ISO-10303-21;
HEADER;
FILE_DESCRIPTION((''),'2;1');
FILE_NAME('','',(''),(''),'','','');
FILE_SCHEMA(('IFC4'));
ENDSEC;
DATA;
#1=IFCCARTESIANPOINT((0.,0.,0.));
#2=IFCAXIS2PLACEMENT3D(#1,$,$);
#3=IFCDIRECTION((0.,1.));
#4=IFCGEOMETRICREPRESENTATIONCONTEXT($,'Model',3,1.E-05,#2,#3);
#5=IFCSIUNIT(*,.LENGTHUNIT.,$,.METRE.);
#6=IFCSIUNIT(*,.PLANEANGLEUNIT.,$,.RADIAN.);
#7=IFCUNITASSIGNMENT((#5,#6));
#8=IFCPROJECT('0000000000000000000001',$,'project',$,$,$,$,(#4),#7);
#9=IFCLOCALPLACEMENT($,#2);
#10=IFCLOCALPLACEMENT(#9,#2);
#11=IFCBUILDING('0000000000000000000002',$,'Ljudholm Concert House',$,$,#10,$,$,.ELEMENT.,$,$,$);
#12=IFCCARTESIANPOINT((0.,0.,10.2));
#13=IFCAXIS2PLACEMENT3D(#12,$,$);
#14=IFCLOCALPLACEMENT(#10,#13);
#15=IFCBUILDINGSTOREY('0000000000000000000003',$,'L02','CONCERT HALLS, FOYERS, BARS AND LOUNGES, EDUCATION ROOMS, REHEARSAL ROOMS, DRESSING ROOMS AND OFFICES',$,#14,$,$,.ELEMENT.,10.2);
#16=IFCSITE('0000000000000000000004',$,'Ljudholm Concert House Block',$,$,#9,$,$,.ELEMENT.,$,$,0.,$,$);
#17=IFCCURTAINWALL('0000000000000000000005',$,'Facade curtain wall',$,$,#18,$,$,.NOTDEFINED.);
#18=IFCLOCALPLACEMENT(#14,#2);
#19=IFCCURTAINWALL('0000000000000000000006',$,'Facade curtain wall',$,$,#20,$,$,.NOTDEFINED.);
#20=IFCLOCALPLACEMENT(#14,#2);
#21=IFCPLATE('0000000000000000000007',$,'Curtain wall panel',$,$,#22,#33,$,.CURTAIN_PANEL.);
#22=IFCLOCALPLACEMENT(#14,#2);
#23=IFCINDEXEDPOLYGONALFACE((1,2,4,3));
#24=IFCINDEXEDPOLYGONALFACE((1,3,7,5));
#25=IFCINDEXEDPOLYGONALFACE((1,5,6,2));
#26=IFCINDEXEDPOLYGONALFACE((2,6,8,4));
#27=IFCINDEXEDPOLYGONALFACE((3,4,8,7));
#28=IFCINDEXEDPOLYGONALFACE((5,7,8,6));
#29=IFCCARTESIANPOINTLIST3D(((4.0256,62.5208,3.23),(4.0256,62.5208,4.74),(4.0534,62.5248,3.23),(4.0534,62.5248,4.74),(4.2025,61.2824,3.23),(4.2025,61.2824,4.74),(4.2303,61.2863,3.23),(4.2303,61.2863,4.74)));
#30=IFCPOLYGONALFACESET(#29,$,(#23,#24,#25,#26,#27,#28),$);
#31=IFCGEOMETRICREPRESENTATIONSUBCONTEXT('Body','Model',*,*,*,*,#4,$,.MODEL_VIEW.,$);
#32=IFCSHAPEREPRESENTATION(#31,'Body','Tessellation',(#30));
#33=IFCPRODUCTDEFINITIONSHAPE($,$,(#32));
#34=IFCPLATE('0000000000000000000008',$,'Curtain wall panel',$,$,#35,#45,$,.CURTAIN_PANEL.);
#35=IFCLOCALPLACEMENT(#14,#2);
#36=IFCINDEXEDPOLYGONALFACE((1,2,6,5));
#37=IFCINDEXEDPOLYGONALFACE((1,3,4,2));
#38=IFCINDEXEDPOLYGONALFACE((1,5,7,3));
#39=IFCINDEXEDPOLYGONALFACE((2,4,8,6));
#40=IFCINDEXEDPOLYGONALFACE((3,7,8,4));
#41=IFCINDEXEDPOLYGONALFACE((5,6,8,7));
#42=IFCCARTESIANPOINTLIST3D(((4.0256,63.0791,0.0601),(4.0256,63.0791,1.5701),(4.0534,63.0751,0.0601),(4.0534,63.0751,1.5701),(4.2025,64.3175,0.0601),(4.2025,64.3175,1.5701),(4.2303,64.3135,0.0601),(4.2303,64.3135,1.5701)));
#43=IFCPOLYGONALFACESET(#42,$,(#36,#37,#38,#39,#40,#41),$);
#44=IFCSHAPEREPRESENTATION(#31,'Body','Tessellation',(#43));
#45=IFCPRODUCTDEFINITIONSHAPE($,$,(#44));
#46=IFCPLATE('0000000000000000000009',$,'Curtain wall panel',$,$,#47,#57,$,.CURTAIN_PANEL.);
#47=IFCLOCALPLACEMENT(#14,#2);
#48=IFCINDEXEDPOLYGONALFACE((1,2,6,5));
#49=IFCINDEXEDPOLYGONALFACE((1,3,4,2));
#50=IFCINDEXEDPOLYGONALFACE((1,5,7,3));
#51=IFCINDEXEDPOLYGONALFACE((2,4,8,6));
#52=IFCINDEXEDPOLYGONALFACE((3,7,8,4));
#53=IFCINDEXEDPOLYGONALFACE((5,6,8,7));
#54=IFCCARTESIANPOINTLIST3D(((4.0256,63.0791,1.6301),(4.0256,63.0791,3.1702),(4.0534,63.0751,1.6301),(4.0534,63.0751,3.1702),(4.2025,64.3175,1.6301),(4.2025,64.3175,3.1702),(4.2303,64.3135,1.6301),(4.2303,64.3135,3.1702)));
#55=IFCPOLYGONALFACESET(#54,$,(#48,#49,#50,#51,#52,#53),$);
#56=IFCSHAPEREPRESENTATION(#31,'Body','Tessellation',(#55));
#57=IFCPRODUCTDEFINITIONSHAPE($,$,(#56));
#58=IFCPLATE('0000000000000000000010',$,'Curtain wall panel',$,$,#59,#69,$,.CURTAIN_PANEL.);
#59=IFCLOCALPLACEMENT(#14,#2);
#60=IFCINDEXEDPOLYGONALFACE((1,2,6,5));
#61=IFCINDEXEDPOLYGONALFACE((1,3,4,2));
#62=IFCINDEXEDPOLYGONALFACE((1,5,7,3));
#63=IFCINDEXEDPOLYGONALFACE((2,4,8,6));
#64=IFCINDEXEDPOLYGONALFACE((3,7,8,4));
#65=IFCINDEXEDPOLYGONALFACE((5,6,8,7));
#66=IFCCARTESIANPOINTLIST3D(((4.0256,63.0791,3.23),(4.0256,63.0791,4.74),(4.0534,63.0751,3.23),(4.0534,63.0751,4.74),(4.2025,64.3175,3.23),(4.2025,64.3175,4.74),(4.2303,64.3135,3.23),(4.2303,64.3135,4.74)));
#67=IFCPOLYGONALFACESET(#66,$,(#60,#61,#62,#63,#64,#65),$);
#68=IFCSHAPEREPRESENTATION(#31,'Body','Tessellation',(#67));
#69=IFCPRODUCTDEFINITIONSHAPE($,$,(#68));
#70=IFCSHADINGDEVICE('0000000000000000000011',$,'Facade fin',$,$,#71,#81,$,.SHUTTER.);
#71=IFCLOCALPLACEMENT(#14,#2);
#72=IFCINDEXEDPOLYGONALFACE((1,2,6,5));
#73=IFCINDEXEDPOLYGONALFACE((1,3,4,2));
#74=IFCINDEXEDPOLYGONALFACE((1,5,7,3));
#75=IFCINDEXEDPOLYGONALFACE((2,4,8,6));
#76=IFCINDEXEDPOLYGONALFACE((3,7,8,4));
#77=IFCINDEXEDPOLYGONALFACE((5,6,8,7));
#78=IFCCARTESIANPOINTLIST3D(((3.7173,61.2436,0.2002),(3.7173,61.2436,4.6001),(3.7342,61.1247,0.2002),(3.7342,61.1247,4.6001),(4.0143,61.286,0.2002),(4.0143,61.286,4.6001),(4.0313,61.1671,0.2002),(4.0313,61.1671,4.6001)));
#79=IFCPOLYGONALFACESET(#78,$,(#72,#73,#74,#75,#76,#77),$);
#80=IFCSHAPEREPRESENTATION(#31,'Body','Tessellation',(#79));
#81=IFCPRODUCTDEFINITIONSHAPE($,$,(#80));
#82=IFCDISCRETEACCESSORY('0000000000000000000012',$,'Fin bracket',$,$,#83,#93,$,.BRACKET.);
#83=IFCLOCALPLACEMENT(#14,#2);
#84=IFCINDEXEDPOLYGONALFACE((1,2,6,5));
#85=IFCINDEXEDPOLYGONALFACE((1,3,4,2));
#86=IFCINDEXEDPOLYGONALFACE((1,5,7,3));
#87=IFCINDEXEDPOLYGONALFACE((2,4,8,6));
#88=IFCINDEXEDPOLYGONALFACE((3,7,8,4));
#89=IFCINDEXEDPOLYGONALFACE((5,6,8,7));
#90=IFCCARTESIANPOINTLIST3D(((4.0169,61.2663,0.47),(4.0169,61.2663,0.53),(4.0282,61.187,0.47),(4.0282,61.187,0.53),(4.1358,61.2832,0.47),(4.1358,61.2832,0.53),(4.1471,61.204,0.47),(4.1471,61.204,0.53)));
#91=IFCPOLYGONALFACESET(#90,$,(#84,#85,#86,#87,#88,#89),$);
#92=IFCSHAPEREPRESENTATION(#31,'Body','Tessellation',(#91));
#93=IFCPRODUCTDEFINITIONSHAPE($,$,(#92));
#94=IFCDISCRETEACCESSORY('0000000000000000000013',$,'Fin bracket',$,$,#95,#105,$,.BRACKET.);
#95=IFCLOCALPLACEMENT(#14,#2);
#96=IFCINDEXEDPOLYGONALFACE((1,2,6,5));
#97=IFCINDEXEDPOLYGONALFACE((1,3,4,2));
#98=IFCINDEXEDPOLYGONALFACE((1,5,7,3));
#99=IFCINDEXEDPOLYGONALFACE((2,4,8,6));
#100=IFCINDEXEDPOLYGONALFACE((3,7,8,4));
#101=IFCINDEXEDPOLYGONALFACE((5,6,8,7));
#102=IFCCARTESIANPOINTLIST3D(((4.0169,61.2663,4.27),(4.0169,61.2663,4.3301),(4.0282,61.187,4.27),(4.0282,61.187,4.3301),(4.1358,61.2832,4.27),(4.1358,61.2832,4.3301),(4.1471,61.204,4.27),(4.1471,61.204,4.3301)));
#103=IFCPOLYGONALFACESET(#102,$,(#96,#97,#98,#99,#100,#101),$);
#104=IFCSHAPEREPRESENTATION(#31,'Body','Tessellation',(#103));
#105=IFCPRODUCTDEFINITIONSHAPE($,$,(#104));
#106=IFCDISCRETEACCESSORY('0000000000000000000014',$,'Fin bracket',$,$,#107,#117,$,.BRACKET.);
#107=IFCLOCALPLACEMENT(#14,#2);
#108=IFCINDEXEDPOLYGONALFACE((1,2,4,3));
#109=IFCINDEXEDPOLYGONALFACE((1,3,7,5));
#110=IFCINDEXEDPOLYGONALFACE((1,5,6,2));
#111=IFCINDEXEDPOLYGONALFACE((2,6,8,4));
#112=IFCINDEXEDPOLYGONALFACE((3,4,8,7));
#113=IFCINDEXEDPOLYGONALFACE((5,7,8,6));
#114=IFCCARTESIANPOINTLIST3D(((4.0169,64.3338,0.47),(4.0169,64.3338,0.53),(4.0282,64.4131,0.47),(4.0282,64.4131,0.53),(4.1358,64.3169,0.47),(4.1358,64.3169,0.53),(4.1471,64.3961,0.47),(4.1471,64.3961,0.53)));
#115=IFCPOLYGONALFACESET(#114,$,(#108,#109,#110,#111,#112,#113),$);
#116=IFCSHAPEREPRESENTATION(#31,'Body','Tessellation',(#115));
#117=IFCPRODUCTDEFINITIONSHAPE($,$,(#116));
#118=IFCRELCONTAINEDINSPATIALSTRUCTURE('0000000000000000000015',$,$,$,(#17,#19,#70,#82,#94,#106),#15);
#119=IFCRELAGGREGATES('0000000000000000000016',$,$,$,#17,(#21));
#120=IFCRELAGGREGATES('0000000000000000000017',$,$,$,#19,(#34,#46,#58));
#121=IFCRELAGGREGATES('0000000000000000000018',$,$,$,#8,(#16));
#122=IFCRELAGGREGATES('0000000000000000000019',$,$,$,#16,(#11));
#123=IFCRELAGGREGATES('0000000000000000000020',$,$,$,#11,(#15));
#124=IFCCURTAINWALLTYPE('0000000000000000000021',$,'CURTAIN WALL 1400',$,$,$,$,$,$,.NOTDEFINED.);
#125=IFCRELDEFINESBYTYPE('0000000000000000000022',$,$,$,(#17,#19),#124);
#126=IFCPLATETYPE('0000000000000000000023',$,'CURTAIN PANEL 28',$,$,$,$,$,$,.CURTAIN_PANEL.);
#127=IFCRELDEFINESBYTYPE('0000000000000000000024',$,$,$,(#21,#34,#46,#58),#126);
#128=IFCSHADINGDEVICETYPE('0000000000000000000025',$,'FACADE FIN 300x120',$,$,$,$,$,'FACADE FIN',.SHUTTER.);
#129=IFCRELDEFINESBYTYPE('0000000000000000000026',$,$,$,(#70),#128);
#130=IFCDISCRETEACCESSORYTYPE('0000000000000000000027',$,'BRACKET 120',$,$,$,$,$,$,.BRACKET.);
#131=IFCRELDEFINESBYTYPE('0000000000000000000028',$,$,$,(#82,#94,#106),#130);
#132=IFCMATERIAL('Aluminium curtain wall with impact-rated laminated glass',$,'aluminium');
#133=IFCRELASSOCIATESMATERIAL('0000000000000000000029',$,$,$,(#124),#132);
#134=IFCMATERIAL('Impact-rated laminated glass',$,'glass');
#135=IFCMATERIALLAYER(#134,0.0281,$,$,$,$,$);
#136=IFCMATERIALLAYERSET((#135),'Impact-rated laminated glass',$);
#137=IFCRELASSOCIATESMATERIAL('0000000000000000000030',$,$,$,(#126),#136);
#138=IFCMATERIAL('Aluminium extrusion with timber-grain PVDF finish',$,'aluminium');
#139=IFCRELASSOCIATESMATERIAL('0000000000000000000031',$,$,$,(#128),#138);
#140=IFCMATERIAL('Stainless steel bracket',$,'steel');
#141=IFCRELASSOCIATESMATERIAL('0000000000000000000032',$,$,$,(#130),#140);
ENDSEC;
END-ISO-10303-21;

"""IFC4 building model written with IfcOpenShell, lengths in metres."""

from ifc_helpers import new_model, si_unit, direction, frame, origin, origin_2d, place, context, subcontext, project, spatial, rectangle, extrude, material, layer, layer_set, type_object, element, aggregate, save


model = new_model("IFC4")

# Units and contexts
model_context = context("Model", 3, precision=1e-05, world=origin(), true_north=direction((0.0, 1.0)))
body_context = subcontext(model_context, "Body", "Model", "MODEL_VIEW")
ifc_project = project(units=[si_unit("LENGTHUNIT", "METRE"), si_unit("PLANEANGLEUNIT", "RADIAN")], contexts=[model_context])

# Site, building, storey
site_placement = place(None, origin())
site = spatial("IfcSite", under=ifc_project, at=site_placement, Name="Ljudholm Concert House Block", CompositionType="ELEMENT", RefElevation=0.0)
building_placement = place(site_placement, origin())
building = spatial("IfcBuilding", under=site, at=building_placement, Name="Ljudholm Concert House", CompositionType="ELEMENT")
storey_placement = place(building_placement, frame((0.0, 0.0, 10.2)))
storey = spatial("IfcBuildingStorey", under=building, at=storey_placement, Name="L02", Description="CONCERT HALLS, FOYERS, BARS AND LOUNGES, EDUCATION ROOMS, REHEARSAL ROOMS, DRESSING ROOMS AND OFFICES", CompositionType="ELEMENT", Elevation=10.2)

# Curtain walls
ifc_material_1 = material(Name="Aluminium curtain wall with impact-rated laminated glass", Category="aluminium")
curtain_wall_type = type_object("IfcCurtainWallType", Name="CURTAIN WALL 1400", PredefinedType="NOTDEFINED", material=ifc_material_1)
curtain_wall_1_placement = place(storey_placement, origin())
curtain_wall_1 = element("IfcCurtainWall", 1, at=curtain_wall_1_placement, inside=storey, type_object=curtain_wall_type, Name="Facade curtain wall", PredefinedType="NOTDEFINED")
curtain_wall_2_placement = place(storey_placement, origin())
curtain_wall_2 = element("IfcCurtainWall", 2, at=curtain_wall_2_placement, inside=storey, type_object=curtain_wall_type, Name="Facade curtain wall", PredefinedType="NOTDEFINED")

# Plates
ifc_material_2 = material(Name="Impact-rated laminated glass", Category="glass")
ifc_layer = layer(ifc_material_2, 0.0281)
ifc_layer_set = layer_set([ifc_layer], Name="Impact-rated laminated glass")
plate_type = type_object("IfcPlateType", Name="CURTAIN PANEL 28", PredefinedType="CURTAIN_PANEL", material=ifc_layer_set)
plate_1_placement = place(storey_placement, frame((4.1279, 61.9036, 3.23), z_axis=(0.0, 0.0, 1.0), x_axis=(-0.141421, 0.989949, 0.0)))
plate_1 = element("IfcPlate", 3, at=plate_1_placement, type_object=plate_type, Name="Curtain wall panel", PredefinedType="CURTAIN_PANEL", context=body_context, shape_type="SweptSolid", body=[
    extrude(rectangle(XDim=1.251, YDim=0.0281, at=origin_2d()), origin(), (0.0, 0.0, 1.0), 1.51),
])
aggregate(curtain_wall_1, [plate_1])
plate_2_placement = place(storey_placement, frame((4.1279, 63.6963, 0.0601), z_axis=(0.0, 0.0, 1.0), x_axis=(0.141421, 0.989949, 0.0)))
plate_2 = element("IfcPlate", 4, at=plate_2_placement, type_object=plate_type, Name="Curtain wall panel", PredefinedType="CURTAIN_PANEL", context=body_context, shape_type="SweptSolid", body=[
    extrude(rectangle(XDim=1.251, YDim=0.0281, at=origin_2d()), origin(), (0.0, 0.0, 1.0), 1.51),
])
plate_3_placement = place(storey_placement, frame((4.1279, 63.6963, 1.6301), z_axis=(0.0, 0.0, 1.0), x_axis=(0.141421, 0.989949, 0.0)))
plate_3 = element("IfcPlate", 5, at=plate_3_placement, type_object=plate_type, Name="Curtain wall panel", PredefinedType="CURTAIN_PANEL", context=body_context, shape_type="SweptSolid", body=[
    extrude(rectangle(XDim=1.251, YDim=0.0281, at=origin_2d()), origin(), (0.0, 0.0, 1.0), 1.54),
])
plate_4_placement = place(storey_placement, frame((4.1279, 63.6963, 3.23), z_axis=(0.0, 0.0, 1.0), x_axis=(0.141421, 0.989949, 0.0)))
plate_4 = element("IfcPlate", 6, at=plate_4_placement, type_object=plate_type, Name="Curtain wall panel", PredefinedType="CURTAIN_PANEL", context=body_context, shape_type="SweptSolid", body=[
    extrude(rectangle(XDim=1.251, YDim=0.0281, at=origin_2d()), origin(), (0.0, 0.0, 1.0), 1.51),
])
aggregate(curtain_wall_2, [plate_2, plate_3, plate_4])

# Shading device
ifc_material_3 = material(Name="Aluminium extrusion with timber-grain PVDF finish", Category="aluminium")
shading_device_type = type_object("IfcShadingDeviceType", Name="FACADE FIN 300x120", ElementType="FACADE FIN", PredefinedType="SHUTTER", material=ifc_material_3)
shading_device_placement = place(storey_placement, frame((3.8743, 61.2053, 0.2002), z_axis=(0.0, 0.0, 1.0), x_axis=(-0.989949, -0.141421, 0.0)))
element("IfcShadingDevice", 7, at=shading_device_placement, inside=storey, type_object=shading_device_type, Name="Facade fin", PredefinedType="SHUTTER", context=body_context, shape_type="SweptSolid", body=[
    extrude(rectangle(XDim=0.3, YDim=0.1201, at=origin_2d()), origin(), (0.0, 0.0, 1.0), 4.3999),
])

# Discrete accessories
ifc_material_4 = material(Name="Stainless steel bracket", Category="steel")
discrete_accessory_type = type_object("IfcDiscreteAccessoryType", Name="BRACKET 120", PredefinedType="BRACKET", material=ifc_material_4)
for number, where, z_axis, x_axis, name in (
    (8, (4.082, 61.2351, 0.47), (0.0, 0.0, 1.0), (-0.989949, -0.141421, 0.0), "Fin bracket"),
    (9, (4.082, 61.2351, 4.27), (0.0, 0.0, 1.0), (-0.989949, -0.141421, 0.0), "Fin bracket"),
    (10, (4.082, 64.365, 0.47), (0.0, 0.0, 1.0), (-0.989949, 0.141421, 0.0), "Fin bracket"),
):
    element("IfcDiscreteAccessory", number, at=place(storey_placement, frame(where, z_axis=z_axis, x_axis=x_axis)), inside=storey, type_object=discrete_accessory_type, Name=name, PredefinedType="BRACKET", context=body_context, shape_type="SweptSolid", body=[
        extrude(rectangle(XDim=0.1201, YDim=0.0801, at=origin_2d()), origin(), (0.0, 0.0, 1.0), 0.0601),
    ])

save(model, "model.ifc")
